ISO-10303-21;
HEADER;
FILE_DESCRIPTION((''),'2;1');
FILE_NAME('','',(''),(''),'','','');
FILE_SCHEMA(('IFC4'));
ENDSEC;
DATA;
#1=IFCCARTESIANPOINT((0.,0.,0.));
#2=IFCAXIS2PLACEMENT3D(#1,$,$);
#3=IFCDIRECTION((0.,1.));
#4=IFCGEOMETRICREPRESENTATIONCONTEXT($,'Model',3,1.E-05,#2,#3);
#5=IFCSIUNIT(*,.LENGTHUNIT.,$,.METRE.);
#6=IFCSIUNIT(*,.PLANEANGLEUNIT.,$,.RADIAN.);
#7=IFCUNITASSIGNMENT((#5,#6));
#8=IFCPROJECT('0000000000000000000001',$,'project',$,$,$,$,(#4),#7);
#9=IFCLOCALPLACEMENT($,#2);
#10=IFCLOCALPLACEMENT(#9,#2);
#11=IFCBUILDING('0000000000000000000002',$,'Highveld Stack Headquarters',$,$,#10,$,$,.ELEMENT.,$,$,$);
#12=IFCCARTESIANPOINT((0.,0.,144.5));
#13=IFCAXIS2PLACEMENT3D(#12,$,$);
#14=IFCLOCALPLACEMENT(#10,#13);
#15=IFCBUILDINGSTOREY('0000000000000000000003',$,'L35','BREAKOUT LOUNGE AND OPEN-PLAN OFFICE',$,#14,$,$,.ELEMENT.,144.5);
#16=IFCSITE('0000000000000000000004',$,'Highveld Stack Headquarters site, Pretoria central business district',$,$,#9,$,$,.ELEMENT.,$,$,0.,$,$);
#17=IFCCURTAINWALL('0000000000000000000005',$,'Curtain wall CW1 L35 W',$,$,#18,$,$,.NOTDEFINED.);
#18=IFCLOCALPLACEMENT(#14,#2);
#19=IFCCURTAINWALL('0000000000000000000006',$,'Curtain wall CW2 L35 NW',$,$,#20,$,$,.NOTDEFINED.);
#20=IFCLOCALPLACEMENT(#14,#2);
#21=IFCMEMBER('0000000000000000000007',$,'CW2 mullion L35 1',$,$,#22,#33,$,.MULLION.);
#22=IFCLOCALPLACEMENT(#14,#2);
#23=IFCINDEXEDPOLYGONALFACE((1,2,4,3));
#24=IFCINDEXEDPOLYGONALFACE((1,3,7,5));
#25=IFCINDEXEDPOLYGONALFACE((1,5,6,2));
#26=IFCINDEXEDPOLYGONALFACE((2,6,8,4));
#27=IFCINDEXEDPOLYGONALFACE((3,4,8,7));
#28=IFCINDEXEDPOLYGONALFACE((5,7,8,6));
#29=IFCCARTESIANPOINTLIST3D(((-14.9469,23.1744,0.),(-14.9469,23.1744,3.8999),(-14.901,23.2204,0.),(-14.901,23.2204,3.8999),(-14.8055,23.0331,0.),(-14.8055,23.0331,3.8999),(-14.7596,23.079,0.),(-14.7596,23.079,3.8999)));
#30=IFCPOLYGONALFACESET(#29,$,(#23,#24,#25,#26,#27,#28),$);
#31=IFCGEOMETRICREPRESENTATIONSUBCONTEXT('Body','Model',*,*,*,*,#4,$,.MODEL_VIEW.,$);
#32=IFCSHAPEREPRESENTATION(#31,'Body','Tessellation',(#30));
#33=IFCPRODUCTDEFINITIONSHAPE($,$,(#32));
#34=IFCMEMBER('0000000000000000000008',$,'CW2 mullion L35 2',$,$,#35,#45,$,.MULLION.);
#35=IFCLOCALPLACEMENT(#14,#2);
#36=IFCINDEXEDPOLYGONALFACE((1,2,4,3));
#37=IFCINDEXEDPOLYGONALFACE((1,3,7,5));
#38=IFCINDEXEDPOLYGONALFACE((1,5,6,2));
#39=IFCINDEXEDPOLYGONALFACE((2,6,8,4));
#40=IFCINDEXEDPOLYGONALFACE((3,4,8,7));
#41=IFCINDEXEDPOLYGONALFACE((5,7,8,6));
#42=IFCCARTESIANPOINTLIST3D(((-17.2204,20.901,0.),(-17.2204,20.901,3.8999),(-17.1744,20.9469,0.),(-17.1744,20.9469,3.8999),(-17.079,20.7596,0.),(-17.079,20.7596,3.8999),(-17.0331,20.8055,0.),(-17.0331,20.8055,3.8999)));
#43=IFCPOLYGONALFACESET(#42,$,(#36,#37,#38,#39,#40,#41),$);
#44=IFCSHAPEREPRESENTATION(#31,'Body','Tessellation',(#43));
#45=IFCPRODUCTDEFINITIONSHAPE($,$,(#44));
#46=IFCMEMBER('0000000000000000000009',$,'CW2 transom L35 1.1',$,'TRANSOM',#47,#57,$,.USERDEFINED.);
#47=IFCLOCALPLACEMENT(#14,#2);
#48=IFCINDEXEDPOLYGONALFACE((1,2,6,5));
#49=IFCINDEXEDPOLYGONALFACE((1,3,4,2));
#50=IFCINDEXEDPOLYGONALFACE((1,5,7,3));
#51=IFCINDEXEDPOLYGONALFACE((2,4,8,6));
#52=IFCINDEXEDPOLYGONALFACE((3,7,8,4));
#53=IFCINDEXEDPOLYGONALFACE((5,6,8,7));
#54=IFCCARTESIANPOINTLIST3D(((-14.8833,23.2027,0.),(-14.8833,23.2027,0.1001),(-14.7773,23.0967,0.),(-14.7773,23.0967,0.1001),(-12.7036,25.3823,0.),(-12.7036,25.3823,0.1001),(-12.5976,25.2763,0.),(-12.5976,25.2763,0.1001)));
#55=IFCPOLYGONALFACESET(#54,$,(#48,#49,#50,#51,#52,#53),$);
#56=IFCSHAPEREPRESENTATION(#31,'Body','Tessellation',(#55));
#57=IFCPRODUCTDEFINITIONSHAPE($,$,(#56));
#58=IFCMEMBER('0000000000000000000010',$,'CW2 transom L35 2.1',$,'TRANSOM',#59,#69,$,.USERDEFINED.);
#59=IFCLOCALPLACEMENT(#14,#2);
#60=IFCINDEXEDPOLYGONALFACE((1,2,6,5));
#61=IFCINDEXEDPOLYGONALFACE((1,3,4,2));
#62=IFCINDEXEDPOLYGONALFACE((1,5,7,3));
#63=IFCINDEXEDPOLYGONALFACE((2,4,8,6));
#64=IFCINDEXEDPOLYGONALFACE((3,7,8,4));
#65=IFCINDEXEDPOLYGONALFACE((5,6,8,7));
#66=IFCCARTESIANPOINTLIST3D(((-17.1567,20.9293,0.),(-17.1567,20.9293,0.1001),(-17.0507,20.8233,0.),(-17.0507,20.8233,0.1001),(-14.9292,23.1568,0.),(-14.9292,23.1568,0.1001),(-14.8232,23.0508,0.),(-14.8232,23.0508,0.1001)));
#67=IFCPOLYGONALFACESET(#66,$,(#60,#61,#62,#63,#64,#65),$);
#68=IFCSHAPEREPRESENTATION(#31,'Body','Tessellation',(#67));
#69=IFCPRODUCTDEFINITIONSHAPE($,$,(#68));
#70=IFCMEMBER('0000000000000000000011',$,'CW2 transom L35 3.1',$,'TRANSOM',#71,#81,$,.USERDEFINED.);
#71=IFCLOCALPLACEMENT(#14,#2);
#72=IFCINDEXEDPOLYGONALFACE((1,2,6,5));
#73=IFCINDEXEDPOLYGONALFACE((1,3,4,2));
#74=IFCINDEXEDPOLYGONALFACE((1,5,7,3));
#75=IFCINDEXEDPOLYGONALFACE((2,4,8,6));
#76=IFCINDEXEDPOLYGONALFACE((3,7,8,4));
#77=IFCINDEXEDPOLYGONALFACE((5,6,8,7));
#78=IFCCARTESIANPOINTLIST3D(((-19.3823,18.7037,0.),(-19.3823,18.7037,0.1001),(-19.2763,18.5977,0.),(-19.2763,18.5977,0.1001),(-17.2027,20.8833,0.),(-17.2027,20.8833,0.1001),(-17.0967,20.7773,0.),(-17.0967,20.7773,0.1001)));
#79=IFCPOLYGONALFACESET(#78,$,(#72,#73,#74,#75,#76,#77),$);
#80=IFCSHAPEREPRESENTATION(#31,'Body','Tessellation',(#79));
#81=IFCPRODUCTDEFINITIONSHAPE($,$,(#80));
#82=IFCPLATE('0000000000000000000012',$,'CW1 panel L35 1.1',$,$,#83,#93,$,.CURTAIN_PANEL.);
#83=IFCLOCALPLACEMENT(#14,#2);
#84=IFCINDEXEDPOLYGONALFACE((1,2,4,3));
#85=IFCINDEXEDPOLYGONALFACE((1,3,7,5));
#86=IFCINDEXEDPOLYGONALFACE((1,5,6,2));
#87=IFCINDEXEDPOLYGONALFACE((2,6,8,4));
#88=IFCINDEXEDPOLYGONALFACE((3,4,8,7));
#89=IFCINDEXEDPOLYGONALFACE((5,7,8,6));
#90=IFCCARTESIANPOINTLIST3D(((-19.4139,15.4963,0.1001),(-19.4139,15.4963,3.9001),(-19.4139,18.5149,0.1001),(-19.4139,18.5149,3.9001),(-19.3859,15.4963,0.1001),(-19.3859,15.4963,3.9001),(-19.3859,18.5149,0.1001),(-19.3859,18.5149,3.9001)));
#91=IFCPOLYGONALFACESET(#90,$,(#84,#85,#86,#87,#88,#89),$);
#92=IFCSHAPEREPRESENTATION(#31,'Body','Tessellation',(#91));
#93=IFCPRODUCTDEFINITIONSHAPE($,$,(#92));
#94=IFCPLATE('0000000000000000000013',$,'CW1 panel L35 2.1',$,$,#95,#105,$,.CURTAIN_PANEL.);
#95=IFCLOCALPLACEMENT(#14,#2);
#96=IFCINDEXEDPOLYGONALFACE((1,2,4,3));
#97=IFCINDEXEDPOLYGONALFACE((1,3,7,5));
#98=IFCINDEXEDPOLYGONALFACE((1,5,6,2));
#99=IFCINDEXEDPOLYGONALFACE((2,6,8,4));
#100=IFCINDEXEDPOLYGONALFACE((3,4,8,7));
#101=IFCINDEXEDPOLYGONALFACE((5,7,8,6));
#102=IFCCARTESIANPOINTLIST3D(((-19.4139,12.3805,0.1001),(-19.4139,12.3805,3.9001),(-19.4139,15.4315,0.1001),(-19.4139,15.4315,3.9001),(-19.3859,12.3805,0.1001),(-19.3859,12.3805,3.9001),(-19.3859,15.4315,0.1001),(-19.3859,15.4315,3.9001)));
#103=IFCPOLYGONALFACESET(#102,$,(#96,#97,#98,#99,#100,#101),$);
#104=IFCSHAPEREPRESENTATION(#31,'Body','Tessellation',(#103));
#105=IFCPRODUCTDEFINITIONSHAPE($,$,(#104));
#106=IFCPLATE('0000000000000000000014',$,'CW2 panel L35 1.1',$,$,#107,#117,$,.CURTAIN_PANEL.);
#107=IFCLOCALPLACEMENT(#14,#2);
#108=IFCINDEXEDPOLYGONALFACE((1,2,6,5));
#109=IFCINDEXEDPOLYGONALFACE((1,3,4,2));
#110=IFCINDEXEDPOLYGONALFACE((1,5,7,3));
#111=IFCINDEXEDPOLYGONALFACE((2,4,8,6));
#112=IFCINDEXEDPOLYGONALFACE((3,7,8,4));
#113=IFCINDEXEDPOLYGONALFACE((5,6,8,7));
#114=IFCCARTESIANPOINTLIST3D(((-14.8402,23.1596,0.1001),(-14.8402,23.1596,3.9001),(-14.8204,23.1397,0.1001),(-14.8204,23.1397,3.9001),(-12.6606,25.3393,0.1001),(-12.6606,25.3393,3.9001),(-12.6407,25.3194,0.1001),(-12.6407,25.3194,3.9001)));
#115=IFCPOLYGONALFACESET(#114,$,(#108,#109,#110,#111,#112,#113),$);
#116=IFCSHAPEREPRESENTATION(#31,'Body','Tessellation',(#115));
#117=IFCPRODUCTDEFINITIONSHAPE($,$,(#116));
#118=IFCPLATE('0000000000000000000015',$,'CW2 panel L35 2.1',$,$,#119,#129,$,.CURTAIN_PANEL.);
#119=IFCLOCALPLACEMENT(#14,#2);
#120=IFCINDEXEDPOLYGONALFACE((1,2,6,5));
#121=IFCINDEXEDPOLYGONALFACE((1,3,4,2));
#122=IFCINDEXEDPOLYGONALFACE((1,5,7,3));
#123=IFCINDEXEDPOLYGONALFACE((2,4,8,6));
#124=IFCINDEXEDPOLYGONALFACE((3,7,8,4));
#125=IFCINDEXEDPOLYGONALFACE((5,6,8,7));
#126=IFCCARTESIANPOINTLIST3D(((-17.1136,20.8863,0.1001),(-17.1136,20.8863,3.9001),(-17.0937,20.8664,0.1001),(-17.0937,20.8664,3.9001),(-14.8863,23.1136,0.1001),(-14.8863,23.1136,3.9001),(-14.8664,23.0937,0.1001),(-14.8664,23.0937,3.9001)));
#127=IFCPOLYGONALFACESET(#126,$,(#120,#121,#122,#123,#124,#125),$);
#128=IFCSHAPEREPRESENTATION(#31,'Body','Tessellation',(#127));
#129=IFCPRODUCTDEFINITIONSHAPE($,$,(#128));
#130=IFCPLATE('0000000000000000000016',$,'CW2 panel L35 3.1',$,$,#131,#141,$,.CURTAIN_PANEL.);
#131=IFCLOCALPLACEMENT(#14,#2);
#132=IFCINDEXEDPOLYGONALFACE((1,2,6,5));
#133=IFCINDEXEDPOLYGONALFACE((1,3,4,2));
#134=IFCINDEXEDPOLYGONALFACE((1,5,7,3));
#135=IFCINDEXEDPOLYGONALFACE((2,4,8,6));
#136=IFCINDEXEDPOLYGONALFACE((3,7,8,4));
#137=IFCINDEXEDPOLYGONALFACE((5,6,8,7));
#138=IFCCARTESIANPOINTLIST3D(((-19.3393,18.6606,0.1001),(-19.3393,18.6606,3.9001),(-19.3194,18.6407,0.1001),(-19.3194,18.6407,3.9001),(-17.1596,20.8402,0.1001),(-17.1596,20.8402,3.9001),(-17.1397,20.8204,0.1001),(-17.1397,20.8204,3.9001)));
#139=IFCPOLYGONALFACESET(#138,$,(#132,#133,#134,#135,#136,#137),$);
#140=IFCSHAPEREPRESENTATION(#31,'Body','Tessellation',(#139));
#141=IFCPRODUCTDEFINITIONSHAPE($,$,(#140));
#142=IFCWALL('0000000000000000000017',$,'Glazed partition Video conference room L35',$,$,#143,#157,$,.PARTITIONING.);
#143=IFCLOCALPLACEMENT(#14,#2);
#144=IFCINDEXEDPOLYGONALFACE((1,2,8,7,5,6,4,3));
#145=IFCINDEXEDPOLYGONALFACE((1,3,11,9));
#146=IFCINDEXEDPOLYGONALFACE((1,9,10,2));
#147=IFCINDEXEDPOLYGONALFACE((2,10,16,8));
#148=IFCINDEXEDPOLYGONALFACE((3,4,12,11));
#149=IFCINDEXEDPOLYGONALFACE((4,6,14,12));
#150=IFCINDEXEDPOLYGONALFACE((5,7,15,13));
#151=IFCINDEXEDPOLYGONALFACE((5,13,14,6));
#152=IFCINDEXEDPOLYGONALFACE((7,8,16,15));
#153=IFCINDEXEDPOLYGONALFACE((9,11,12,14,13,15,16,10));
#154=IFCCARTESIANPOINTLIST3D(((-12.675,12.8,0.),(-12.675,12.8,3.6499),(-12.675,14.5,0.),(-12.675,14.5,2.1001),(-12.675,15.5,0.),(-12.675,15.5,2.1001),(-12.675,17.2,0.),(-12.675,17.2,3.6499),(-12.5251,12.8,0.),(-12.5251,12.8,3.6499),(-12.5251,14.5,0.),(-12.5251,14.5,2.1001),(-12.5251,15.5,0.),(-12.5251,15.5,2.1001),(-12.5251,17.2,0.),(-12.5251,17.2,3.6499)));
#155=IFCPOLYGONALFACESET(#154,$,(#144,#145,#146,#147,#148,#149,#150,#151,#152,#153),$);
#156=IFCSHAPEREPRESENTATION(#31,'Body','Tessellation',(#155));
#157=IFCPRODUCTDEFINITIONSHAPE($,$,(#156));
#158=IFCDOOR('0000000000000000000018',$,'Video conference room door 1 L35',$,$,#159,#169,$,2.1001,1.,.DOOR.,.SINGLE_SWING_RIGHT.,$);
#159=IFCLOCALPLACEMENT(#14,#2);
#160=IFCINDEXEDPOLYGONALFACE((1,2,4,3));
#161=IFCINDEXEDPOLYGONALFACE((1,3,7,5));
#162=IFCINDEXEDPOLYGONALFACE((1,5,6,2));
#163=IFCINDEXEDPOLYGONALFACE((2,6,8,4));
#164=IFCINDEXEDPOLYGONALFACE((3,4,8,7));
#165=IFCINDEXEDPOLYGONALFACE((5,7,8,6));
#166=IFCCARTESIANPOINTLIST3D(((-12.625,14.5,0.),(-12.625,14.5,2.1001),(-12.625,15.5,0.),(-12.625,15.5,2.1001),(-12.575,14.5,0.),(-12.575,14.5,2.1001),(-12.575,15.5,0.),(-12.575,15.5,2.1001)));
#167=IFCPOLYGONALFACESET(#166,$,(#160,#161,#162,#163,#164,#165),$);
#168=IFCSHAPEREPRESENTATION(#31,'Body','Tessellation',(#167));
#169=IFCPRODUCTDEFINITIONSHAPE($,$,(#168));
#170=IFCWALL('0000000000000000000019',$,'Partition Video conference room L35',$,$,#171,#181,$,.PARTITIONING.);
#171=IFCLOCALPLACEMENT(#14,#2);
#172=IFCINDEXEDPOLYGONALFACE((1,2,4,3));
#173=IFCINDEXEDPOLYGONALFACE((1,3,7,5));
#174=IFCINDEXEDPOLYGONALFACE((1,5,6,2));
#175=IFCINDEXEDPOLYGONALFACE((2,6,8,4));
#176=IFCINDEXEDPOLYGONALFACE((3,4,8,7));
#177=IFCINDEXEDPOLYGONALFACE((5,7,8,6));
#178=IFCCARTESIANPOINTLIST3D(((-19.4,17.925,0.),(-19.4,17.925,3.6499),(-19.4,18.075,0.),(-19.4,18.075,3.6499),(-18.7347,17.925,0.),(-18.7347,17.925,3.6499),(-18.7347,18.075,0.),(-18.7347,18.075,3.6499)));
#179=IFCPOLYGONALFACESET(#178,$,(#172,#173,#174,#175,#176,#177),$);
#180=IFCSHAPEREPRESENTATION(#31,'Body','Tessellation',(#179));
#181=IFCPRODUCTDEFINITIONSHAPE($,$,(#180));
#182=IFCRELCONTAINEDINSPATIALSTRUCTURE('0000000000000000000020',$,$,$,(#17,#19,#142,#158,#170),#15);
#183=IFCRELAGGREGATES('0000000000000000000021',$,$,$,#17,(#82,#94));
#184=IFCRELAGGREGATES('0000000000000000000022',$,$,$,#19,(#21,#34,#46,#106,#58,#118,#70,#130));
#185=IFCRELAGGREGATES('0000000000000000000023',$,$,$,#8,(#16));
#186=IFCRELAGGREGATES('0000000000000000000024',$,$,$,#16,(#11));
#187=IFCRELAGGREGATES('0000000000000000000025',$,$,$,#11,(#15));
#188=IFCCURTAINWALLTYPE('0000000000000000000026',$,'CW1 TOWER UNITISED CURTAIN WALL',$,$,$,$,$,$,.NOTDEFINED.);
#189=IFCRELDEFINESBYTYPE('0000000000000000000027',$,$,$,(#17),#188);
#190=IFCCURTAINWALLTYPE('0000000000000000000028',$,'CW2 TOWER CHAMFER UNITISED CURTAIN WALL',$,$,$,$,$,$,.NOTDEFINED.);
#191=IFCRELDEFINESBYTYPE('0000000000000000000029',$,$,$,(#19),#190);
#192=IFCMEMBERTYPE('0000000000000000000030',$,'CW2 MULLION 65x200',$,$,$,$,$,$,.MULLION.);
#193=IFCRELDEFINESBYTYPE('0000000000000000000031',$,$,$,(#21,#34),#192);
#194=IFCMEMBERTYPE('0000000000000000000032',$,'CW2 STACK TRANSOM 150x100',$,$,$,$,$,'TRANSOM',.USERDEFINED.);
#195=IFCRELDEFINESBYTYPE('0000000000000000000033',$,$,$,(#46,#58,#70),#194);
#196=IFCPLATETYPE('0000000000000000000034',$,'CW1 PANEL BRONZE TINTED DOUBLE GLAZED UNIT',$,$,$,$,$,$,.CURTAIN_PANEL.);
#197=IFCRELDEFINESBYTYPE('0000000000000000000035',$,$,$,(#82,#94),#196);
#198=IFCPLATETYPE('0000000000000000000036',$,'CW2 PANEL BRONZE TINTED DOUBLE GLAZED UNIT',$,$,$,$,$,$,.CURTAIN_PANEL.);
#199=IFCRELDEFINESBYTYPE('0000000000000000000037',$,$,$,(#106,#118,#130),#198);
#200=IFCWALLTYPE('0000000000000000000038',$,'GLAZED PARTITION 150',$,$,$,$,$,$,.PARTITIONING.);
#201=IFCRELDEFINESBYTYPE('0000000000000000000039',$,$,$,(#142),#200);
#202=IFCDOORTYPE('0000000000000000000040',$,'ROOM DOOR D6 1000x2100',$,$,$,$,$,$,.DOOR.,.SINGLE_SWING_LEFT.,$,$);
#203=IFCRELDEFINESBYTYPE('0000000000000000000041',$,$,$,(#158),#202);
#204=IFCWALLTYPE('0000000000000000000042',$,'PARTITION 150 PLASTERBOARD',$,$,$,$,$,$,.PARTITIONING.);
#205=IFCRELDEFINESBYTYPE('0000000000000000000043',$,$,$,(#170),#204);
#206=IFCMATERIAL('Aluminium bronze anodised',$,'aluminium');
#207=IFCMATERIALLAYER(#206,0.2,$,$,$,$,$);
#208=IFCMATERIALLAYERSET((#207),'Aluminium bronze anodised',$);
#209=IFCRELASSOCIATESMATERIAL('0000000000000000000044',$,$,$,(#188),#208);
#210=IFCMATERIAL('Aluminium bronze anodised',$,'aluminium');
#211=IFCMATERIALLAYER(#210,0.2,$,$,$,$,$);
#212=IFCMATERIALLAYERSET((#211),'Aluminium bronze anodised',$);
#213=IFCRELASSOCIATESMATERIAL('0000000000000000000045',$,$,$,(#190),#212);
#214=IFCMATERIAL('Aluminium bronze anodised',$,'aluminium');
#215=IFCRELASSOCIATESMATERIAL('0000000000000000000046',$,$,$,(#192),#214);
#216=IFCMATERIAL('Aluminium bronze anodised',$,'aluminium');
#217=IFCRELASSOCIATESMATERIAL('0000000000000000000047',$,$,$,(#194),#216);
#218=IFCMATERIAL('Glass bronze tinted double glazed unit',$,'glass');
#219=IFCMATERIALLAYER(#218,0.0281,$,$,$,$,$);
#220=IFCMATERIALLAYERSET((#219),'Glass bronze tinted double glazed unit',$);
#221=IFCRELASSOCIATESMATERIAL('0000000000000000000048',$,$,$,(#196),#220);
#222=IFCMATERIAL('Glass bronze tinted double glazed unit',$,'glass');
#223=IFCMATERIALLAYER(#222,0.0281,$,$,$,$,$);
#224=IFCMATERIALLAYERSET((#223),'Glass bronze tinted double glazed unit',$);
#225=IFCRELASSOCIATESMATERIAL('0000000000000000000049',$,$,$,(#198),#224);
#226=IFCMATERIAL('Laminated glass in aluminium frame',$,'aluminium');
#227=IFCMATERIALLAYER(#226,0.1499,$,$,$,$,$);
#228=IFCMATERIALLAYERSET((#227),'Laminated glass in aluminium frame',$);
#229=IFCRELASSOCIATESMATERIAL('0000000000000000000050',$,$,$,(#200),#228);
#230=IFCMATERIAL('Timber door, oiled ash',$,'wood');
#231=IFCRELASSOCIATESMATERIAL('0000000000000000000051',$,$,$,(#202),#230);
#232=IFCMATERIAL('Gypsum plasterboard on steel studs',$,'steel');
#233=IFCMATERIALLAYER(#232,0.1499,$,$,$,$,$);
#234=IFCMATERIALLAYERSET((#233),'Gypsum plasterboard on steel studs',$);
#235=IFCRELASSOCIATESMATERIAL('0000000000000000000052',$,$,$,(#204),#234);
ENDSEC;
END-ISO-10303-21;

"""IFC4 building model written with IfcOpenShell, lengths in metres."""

from ifc_helpers import new_model, si_unit, direction, frame, frame_2d, origin, origin_2d, place, context, subcontext, project, spatial, rectangle, extrude, material, layer, layer_set, material_profile, profile_set, type_object, element, fill, aggregate, save


model = new_model("IFC4")

# Units and contexts
model_context = context("Model", 3, precision=1e-05, world=origin(), true_north=direction((0.0, 1.0)))
body_context = subcontext(model_context, "Body", "Model", "MODEL_VIEW")
ifc_project = project(units=[si_unit("LENGTHUNIT", "METRE"), si_unit("PLANEANGLEUNIT", "RADIAN")], contexts=[model_context])

# Site, building, storey
site_placement = place(None, origin())
site = spatial("IfcSite", under=ifc_project, at=site_placement, Name="Highveld Stack Headquarters site, Pretoria central business district", CompositionType="ELEMENT", RefElevation=0.0)
building_placement = place(site_placement, origin())
building = spatial("IfcBuilding", under=site, at=building_placement, Name="Highveld Stack Headquarters", CompositionType="ELEMENT")
storey_placement = place(building_placement, frame((0.0, 0.0, 144.5)))
storey = spatial("IfcBuildingStorey", under=building, at=storey_placement, Name="L35", Description="BREAKOUT LOUNGE AND OPEN-PLAN OFFICE", CompositionType="ELEMENT", Elevation=144.5)

# Shared definitions
ifc_material_1 = material(Name="Aluminium bronze anodised", Category="aluminium")
ifc_layer_1 = layer(ifc_material_1, 0.2)
ifc_layer_set_1 = layer_set([ifc_layer_1], Name="Aluminium bronze anodised")
curtain_wall_type_1 = type_object("IfcCurtainWallType", Name="CW1 TOWER UNITISED CURTAIN WALL", PredefinedType="NOTDEFINED", material=ifc_layer_set_1)

# Curtain wall
curtain_wall_1_placement = place(storey_placement, origin())
curtain_wall_1 = element("IfcCurtainWall", 1, at=curtain_wall_1_placement, inside=storey, type_object=curtain_wall_type_1, Name="Curtain wall CW1 L35 W", PredefinedType="NOTDEFINED")

# Curtain wall, members
ifc_material_2 = material(Name="Aluminium bronze anodised", Category="aluminium")
ifc_layer_2 = layer(ifc_material_2, 0.2)
ifc_layer_set_2 = layer_set([ifc_layer_2], Name="Aluminium bronze anodised")
curtain_wall_type_2 = type_object("IfcCurtainWallType", Name="CW2 TOWER CHAMFER UNITISED CURTAIN WALL", PredefinedType="NOTDEFINED", material=ifc_layer_set_2)
curtain_wall_2_placement = place(storey_placement, origin())
curtain_wall_2 = element("IfcCurtainWall", 2, at=curtain_wall_2_placement, inside=storey, type_object=curtain_wall_type_2, Name="Curtain wall CW2 L35 NW", PredefinedType="NOTDEFINED")
ifc_material_3 = material(Name="Aluminium bronze anodised", Category="aluminium")
ifc_material_profile_1 = material_profile(ifc_material_3, rectangle(XDim=0.2, YDim=0.0649, at=origin_2d()), Name="CW2 MULLION 65x200")
ifc_profile_set_1 = profile_set([ifc_material_profile_1], Name="Aluminium bronze anodised")
member_type_1 = type_object("IfcMemberType", Name="CW2 MULLION 65x200", PredefinedType="MULLION", material=ifc_profile_set_1)
member_1_placement = place(storey_placement, frame((-14.8533, 23.1267, 0.0), z_axis=(0.0, 0.0, 1.0), x_axis=(0.707107, -0.707107, 0.0)))
member_1 = element("IfcMember", 3, at=member_1_placement, type_object=member_type_1, Name="CW2 mullion L35 1", PredefinedType="MULLION", context=body_context, shape_type="SweptSolid", body=[
    extrude(rectangle(XDim=0.2, YDim=0.0649, at=origin_2d()), origin(), (0.0, 0.0, 1.0), 3.8999),
])
member_2_placement = place(storey_placement, frame((-17.1267, 20.8533, 0.0), z_axis=(0.0, 0.0, 1.0), x_axis=(0.707107, -0.707107, 0.0)))
member_2 = element("IfcMember", 4, at=member_2_placement, type_object=member_type_1, Name="CW2 mullion L35 2", PredefinedType="MULLION", context=body_context, shape_type="SweptSolid", body=[
    extrude(rectangle(XDim=0.2, YDim=0.0649, at=origin_2d()), origin(), (0.0, 0.0, 1.0), 3.8999),
])
ifc_material_4 = material(Name="Aluminium bronze anodised", Category="aluminium")
ifc_material_profile_2 = material_profile(ifc_material_4, rectangle(XDim=0.1499, YDim=0.1001, at=origin_2d()), Name="CW2 TRANSOM 150x100")
ifc_profile_set_2 = profile_set([ifc_material_profile_2], Name="Aluminium bronze anodised")
member_type_2 = type_object("IfcMemberType", Name="CW2 STACK TRANSOM 150x100", ElementType="TRANSOM", PredefinedType="USERDEFINED", material=ifc_profile_set_2)
member_3_placement = place(storey_placement, frame((-12.6506, 25.3293, 0.05), z_axis=(-0.707107, -0.707107, 0.0), x_axis=(0.707107, -0.707107, 0.0)))
member_3 = element("IfcMember", 5, at=member_3_placement, type_object=member_type_2, Name="CW2 transom L35 1.1", ObjectType="TRANSOM", PredefinedType="USERDEFINED", context=body_context, shape_type="SweptSolid", body=[
    extrude(rectangle(XDim=0.1499, YDim=0.1001, at=origin_2d()), origin(), (0.0, 0.0, 1.0), 3.0825),
])
member_4_placement = place(storey_placement, frame((-14.8762, 23.1038, 0.05), z_axis=(-0.707107, -0.707107, 0.0), x_axis=(0.707107, -0.707107, 0.0)))
member_4 = element("IfcMember", 6, at=member_4_placement, type_object=member_type_2, Name="CW2 transom L35 2.1", ObjectType="TRANSOM", PredefinedType="USERDEFINED", context=body_context, shape_type="SweptSolid", body=[
    extrude(rectangle(XDim=0.1499, YDim=0.1001, at=origin_2d()), origin(), (0.0, 0.0, 1.0), 3.1501),
])
member_5_placement = place(storey_placement, frame((-17.1497, 20.8303, 0.05), z_axis=(-0.707107, -0.707107, 0.0), x_axis=(0.707107, -0.707107, 0.0)))
member_5 = element("IfcMember", 7, at=member_5_placement, type_object=member_type_2, Name="CW2 transom L35 3.1", ObjectType="TRANSOM", PredefinedType="USERDEFINED", context=body_context, shape_type="SweptSolid", body=[
    extrude(rectangle(XDim=0.1499, YDim=0.1001, at=origin_2d()), origin(), (0.0, 0.0, 1.0), 3.0825),
])

# Plates
ifc_material_5 = material(Name="Glass bronze tinted double glazed unit", Category="glass")
ifc_layer_3 = layer(ifc_material_5, 0.0281)
ifc_layer_set_3 = layer_set([ifc_layer_3], Name="Glass bronze tinted double glazed unit")
plate_type_1 = type_object("IfcPlateType", Name="CW1 PANEL BRONZE TINTED DOUBLE GLAZED UNIT", PredefinedType="CURTAIN_PANEL", material=ifc_layer_set_3)
plate_1_placement = place(storey_placement, frame((-19.3999, 17.0056, 0.1001), z_axis=(0.0, 0.0, 1.0), x_axis=(0.0, -1.0, 0.0)))
plate_1 = element("IfcPlate", 8, at=plate_1_placement, type_object=plate_type_1, Name="CW1 panel L35 1.1", PredefinedType="CURTAIN_PANEL", context=body_context, shape_type="SweptSolid", body=[
    extrude(rectangle(XDim=3.0186, YDim=0.0281, at=origin_2d()), origin(), (0.0, 0.0, 1.0), 3.8),
])
plate_2_placement = place(storey_placement, frame((-19.3999, 13.906, 0.1001), z_axis=(0.0, 0.0, 1.0), x_axis=(0.0, -1.0, 0.0)))
plate_2 = element("IfcPlate", 9, at=plate_2_placement, type_object=plate_type_1, Name="CW1 panel L35 2.1", PredefinedType="CURTAIN_PANEL", context=body_context, shape_type="SweptSolid", body=[
    extrude(rectangle(XDim=3.051, YDim=0.0281, at=origin_2d()), origin(), (0.0, 0.0, 1.0), 3.8),
])
aggregate(curtain_wall_1, [plate_1, plate_2])
ifc_material_6 = material(Name="Glass bronze tinted double glazed unit", Category="glass")
ifc_layer_4 = layer(ifc_material_6, 0.0281)
ifc_layer_set_4 = layer_set([ifc_layer_4], Name="Glass bronze tinted double glazed unit")
plate_type_2 = type_object("IfcPlateType", Name="CW2 PANEL BRONZE TINTED DOUBLE GLAZED UNIT", PredefinedType="CURTAIN_PANEL", material=ifc_layer_set_4)
plate_3_placement = place(storey_placement, frame((-13.7405, 24.2395, 0.1001), z_axis=(0.0, 0.0, 1.0), x_axis=(-0.707107, -0.707107, 0.0)))
plate_3 = element("IfcPlate", 10, at=plate_3_placement, type_object=plate_type_2, Name="CW2 panel L35 1.1", PredefinedType="CURTAIN_PANEL", context=body_context, shape_type="SweptSolid", body=[
    extrude(rectangle(XDim=3.0825, YDim=0.0281, at=origin_2d()), origin(), (0.0, 0.0, 1.0), 3.8),
])
plate_4_placement = place(storey_placement, frame((-15.99, 21.99, 0.1001), z_axis=(0.0, 0.0, 1.0), x_axis=(-0.707107, -0.707107, 0.0)))
plate_4 = element("IfcPlate", 11, at=plate_4_placement, type_object=plate_type_2, Name="CW2 panel L35 2.1", PredefinedType="CURTAIN_PANEL", context=body_context, shape_type="SweptSolid", body=[
    extrude(rectangle(XDim=3.1499, YDim=0.0281, at=origin_2d()), origin(), (0.0, 0.0, 1.0), 3.8),
])
plate_5_placement = place(storey_placement, frame((-18.2395, 19.7405, 0.1001), z_axis=(0.0, 0.0, 1.0), x_axis=(-0.707107, -0.707107, 0.0)))
plate_5 = element("IfcPlate", 12, at=plate_5_placement, type_object=plate_type_2, Name="CW2 panel L35 3.1", PredefinedType="CURTAIN_PANEL", context=body_context, shape_type="SweptSolid", body=[
    extrude(rectangle(XDim=3.0825, YDim=0.0281, at=origin_2d()), origin(), (0.0, 0.0, 1.0), 3.8),
])
aggregate(curtain_wall_2, [member_1, member_2, member_3, plate_3, member_4, plate_4, member_5, plate_5])

# Wall, opening, door
ifc_material_7 = material(Name="Laminated glass in aluminium frame", Category="aluminium")
ifc_layer_5 = layer(ifc_material_7, 0.1499)
ifc_layer_set_5 = layer_set([ifc_layer_5], Name="Laminated glass in aluminium frame")
wall_type_1 = type_object("IfcWallType", Name="GLAZED PARTITION 150", PredefinedType="PARTITIONING", material=ifc_layer_set_5)
wall_1_placement = place(storey_placement, frame((-12.6001, 12.8, 0.0), z_axis=(0.0, 0.0, 1.0), x_axis=(0.0, 1.0, 0.0)))
wall_1 = element("IfcWall", 13, at=wall_1_placement, inside=storey, type_object=wall_type_1, Name="Glazed partition Video conference room L35", PredefinedType="PARTITIONING", context=body_context, shape_type="SweptSolid", body=[
    extrude(rectangle(XDim=4.3999, YDim=0.1499, at=frame_2d((2.2, 0.0))), origin(), (0.0, 0.0, 1.0), 3.6499),
])
opening_placement = place(wall_1_placement, frame((1.7, 0.0, 0.0)))
opening = element("IfcOpeningElement", 14, at=opening_placement, cuts=wall_1, PredefinedType="OPENING", context=body_context, shape_type="SweptSolid", body=[
    extrude(rectangle(XDim=1.0, YDim=2.1001, at=frame_2d((0.5, 1.05))), frame((0.0, 0.085, 0.0), z_axis=(0.0, -1.0, 0.0), x_axis=(1.0, 0.0, 0.0)), (0.0, 0.0, 1.0), 0.1699),
])
ifc_material_8 = material(Name="Timber door, oiled ash", Category="wood")
door_type = type_object("IfcDoorType", Name="ROOM DOOR D6 1000x2100", OperationType="SINGLE_SWING_LEFT", PredefinedType="DOOR", material=ifc_material_8)
door_placement = place(opening_placement, origin())
door = element("IfcDoor", 15, at=door_placement, inside=storey, type_object=door_type, Name="Video conference room door 1 L35", OperationType="SINGLE_SWING_RIGHT", OverallHeight=2.1001, OverallWidth=1.0, PredefinedType="DOOR", context=body_context, shape_type="SweptSolid", body=[
    extrude(rectangle(XDim=1.0, YDim=2.1001, at=frame_2d((0.5, 1.05))), frame((0.0, 0.0249, 0.0), z_axis=(0.0, -1.0, 0.0), x_axis=(1.0, 0.0, 0.0)), (0.0, 0.0, 1.0), 0.05),
])
fill(opening, door)

# Wall
ifc_material_9 = material(Name="Gypsum plasterboard on steel studs", Category="steel")
ifc_layer_6 = layer(ifc_material_9, 0.1499)
ifc_layer_set_6 = layer_set([ifc_layer_6], Name="Gypsum plasterboard on steel studs")
wall_type_2 = type_object("IfcWallType", Name="PARTITION 150 PLASTERBOARD", PredefinedType="PARTITIONING", material=ifc_layer_set_6)
wall_2_placement = place(storey_placement, frame((-19.3999, 18.0, 0.0), z_axis=(0.0, 0.0, 1.0), x_axis=(1.0, 0.0, 0.0)))
element("IfcWall", 16, at=wall_2_placement, inside=storey, type_object=wall_type_2, Name="Partition Video conference room L35", PredefinedType="PARTITIONING", context=body_context, shape_type="SweptSolid", body=[
    extrude(rectangle(XDim=0.6653, YDim=0.1499, at=frame_2d((0.3325, 0.0))), origin(), (0.0, 0.0, 1.0), 3.6499),
])

save(model, "model.ifc")
